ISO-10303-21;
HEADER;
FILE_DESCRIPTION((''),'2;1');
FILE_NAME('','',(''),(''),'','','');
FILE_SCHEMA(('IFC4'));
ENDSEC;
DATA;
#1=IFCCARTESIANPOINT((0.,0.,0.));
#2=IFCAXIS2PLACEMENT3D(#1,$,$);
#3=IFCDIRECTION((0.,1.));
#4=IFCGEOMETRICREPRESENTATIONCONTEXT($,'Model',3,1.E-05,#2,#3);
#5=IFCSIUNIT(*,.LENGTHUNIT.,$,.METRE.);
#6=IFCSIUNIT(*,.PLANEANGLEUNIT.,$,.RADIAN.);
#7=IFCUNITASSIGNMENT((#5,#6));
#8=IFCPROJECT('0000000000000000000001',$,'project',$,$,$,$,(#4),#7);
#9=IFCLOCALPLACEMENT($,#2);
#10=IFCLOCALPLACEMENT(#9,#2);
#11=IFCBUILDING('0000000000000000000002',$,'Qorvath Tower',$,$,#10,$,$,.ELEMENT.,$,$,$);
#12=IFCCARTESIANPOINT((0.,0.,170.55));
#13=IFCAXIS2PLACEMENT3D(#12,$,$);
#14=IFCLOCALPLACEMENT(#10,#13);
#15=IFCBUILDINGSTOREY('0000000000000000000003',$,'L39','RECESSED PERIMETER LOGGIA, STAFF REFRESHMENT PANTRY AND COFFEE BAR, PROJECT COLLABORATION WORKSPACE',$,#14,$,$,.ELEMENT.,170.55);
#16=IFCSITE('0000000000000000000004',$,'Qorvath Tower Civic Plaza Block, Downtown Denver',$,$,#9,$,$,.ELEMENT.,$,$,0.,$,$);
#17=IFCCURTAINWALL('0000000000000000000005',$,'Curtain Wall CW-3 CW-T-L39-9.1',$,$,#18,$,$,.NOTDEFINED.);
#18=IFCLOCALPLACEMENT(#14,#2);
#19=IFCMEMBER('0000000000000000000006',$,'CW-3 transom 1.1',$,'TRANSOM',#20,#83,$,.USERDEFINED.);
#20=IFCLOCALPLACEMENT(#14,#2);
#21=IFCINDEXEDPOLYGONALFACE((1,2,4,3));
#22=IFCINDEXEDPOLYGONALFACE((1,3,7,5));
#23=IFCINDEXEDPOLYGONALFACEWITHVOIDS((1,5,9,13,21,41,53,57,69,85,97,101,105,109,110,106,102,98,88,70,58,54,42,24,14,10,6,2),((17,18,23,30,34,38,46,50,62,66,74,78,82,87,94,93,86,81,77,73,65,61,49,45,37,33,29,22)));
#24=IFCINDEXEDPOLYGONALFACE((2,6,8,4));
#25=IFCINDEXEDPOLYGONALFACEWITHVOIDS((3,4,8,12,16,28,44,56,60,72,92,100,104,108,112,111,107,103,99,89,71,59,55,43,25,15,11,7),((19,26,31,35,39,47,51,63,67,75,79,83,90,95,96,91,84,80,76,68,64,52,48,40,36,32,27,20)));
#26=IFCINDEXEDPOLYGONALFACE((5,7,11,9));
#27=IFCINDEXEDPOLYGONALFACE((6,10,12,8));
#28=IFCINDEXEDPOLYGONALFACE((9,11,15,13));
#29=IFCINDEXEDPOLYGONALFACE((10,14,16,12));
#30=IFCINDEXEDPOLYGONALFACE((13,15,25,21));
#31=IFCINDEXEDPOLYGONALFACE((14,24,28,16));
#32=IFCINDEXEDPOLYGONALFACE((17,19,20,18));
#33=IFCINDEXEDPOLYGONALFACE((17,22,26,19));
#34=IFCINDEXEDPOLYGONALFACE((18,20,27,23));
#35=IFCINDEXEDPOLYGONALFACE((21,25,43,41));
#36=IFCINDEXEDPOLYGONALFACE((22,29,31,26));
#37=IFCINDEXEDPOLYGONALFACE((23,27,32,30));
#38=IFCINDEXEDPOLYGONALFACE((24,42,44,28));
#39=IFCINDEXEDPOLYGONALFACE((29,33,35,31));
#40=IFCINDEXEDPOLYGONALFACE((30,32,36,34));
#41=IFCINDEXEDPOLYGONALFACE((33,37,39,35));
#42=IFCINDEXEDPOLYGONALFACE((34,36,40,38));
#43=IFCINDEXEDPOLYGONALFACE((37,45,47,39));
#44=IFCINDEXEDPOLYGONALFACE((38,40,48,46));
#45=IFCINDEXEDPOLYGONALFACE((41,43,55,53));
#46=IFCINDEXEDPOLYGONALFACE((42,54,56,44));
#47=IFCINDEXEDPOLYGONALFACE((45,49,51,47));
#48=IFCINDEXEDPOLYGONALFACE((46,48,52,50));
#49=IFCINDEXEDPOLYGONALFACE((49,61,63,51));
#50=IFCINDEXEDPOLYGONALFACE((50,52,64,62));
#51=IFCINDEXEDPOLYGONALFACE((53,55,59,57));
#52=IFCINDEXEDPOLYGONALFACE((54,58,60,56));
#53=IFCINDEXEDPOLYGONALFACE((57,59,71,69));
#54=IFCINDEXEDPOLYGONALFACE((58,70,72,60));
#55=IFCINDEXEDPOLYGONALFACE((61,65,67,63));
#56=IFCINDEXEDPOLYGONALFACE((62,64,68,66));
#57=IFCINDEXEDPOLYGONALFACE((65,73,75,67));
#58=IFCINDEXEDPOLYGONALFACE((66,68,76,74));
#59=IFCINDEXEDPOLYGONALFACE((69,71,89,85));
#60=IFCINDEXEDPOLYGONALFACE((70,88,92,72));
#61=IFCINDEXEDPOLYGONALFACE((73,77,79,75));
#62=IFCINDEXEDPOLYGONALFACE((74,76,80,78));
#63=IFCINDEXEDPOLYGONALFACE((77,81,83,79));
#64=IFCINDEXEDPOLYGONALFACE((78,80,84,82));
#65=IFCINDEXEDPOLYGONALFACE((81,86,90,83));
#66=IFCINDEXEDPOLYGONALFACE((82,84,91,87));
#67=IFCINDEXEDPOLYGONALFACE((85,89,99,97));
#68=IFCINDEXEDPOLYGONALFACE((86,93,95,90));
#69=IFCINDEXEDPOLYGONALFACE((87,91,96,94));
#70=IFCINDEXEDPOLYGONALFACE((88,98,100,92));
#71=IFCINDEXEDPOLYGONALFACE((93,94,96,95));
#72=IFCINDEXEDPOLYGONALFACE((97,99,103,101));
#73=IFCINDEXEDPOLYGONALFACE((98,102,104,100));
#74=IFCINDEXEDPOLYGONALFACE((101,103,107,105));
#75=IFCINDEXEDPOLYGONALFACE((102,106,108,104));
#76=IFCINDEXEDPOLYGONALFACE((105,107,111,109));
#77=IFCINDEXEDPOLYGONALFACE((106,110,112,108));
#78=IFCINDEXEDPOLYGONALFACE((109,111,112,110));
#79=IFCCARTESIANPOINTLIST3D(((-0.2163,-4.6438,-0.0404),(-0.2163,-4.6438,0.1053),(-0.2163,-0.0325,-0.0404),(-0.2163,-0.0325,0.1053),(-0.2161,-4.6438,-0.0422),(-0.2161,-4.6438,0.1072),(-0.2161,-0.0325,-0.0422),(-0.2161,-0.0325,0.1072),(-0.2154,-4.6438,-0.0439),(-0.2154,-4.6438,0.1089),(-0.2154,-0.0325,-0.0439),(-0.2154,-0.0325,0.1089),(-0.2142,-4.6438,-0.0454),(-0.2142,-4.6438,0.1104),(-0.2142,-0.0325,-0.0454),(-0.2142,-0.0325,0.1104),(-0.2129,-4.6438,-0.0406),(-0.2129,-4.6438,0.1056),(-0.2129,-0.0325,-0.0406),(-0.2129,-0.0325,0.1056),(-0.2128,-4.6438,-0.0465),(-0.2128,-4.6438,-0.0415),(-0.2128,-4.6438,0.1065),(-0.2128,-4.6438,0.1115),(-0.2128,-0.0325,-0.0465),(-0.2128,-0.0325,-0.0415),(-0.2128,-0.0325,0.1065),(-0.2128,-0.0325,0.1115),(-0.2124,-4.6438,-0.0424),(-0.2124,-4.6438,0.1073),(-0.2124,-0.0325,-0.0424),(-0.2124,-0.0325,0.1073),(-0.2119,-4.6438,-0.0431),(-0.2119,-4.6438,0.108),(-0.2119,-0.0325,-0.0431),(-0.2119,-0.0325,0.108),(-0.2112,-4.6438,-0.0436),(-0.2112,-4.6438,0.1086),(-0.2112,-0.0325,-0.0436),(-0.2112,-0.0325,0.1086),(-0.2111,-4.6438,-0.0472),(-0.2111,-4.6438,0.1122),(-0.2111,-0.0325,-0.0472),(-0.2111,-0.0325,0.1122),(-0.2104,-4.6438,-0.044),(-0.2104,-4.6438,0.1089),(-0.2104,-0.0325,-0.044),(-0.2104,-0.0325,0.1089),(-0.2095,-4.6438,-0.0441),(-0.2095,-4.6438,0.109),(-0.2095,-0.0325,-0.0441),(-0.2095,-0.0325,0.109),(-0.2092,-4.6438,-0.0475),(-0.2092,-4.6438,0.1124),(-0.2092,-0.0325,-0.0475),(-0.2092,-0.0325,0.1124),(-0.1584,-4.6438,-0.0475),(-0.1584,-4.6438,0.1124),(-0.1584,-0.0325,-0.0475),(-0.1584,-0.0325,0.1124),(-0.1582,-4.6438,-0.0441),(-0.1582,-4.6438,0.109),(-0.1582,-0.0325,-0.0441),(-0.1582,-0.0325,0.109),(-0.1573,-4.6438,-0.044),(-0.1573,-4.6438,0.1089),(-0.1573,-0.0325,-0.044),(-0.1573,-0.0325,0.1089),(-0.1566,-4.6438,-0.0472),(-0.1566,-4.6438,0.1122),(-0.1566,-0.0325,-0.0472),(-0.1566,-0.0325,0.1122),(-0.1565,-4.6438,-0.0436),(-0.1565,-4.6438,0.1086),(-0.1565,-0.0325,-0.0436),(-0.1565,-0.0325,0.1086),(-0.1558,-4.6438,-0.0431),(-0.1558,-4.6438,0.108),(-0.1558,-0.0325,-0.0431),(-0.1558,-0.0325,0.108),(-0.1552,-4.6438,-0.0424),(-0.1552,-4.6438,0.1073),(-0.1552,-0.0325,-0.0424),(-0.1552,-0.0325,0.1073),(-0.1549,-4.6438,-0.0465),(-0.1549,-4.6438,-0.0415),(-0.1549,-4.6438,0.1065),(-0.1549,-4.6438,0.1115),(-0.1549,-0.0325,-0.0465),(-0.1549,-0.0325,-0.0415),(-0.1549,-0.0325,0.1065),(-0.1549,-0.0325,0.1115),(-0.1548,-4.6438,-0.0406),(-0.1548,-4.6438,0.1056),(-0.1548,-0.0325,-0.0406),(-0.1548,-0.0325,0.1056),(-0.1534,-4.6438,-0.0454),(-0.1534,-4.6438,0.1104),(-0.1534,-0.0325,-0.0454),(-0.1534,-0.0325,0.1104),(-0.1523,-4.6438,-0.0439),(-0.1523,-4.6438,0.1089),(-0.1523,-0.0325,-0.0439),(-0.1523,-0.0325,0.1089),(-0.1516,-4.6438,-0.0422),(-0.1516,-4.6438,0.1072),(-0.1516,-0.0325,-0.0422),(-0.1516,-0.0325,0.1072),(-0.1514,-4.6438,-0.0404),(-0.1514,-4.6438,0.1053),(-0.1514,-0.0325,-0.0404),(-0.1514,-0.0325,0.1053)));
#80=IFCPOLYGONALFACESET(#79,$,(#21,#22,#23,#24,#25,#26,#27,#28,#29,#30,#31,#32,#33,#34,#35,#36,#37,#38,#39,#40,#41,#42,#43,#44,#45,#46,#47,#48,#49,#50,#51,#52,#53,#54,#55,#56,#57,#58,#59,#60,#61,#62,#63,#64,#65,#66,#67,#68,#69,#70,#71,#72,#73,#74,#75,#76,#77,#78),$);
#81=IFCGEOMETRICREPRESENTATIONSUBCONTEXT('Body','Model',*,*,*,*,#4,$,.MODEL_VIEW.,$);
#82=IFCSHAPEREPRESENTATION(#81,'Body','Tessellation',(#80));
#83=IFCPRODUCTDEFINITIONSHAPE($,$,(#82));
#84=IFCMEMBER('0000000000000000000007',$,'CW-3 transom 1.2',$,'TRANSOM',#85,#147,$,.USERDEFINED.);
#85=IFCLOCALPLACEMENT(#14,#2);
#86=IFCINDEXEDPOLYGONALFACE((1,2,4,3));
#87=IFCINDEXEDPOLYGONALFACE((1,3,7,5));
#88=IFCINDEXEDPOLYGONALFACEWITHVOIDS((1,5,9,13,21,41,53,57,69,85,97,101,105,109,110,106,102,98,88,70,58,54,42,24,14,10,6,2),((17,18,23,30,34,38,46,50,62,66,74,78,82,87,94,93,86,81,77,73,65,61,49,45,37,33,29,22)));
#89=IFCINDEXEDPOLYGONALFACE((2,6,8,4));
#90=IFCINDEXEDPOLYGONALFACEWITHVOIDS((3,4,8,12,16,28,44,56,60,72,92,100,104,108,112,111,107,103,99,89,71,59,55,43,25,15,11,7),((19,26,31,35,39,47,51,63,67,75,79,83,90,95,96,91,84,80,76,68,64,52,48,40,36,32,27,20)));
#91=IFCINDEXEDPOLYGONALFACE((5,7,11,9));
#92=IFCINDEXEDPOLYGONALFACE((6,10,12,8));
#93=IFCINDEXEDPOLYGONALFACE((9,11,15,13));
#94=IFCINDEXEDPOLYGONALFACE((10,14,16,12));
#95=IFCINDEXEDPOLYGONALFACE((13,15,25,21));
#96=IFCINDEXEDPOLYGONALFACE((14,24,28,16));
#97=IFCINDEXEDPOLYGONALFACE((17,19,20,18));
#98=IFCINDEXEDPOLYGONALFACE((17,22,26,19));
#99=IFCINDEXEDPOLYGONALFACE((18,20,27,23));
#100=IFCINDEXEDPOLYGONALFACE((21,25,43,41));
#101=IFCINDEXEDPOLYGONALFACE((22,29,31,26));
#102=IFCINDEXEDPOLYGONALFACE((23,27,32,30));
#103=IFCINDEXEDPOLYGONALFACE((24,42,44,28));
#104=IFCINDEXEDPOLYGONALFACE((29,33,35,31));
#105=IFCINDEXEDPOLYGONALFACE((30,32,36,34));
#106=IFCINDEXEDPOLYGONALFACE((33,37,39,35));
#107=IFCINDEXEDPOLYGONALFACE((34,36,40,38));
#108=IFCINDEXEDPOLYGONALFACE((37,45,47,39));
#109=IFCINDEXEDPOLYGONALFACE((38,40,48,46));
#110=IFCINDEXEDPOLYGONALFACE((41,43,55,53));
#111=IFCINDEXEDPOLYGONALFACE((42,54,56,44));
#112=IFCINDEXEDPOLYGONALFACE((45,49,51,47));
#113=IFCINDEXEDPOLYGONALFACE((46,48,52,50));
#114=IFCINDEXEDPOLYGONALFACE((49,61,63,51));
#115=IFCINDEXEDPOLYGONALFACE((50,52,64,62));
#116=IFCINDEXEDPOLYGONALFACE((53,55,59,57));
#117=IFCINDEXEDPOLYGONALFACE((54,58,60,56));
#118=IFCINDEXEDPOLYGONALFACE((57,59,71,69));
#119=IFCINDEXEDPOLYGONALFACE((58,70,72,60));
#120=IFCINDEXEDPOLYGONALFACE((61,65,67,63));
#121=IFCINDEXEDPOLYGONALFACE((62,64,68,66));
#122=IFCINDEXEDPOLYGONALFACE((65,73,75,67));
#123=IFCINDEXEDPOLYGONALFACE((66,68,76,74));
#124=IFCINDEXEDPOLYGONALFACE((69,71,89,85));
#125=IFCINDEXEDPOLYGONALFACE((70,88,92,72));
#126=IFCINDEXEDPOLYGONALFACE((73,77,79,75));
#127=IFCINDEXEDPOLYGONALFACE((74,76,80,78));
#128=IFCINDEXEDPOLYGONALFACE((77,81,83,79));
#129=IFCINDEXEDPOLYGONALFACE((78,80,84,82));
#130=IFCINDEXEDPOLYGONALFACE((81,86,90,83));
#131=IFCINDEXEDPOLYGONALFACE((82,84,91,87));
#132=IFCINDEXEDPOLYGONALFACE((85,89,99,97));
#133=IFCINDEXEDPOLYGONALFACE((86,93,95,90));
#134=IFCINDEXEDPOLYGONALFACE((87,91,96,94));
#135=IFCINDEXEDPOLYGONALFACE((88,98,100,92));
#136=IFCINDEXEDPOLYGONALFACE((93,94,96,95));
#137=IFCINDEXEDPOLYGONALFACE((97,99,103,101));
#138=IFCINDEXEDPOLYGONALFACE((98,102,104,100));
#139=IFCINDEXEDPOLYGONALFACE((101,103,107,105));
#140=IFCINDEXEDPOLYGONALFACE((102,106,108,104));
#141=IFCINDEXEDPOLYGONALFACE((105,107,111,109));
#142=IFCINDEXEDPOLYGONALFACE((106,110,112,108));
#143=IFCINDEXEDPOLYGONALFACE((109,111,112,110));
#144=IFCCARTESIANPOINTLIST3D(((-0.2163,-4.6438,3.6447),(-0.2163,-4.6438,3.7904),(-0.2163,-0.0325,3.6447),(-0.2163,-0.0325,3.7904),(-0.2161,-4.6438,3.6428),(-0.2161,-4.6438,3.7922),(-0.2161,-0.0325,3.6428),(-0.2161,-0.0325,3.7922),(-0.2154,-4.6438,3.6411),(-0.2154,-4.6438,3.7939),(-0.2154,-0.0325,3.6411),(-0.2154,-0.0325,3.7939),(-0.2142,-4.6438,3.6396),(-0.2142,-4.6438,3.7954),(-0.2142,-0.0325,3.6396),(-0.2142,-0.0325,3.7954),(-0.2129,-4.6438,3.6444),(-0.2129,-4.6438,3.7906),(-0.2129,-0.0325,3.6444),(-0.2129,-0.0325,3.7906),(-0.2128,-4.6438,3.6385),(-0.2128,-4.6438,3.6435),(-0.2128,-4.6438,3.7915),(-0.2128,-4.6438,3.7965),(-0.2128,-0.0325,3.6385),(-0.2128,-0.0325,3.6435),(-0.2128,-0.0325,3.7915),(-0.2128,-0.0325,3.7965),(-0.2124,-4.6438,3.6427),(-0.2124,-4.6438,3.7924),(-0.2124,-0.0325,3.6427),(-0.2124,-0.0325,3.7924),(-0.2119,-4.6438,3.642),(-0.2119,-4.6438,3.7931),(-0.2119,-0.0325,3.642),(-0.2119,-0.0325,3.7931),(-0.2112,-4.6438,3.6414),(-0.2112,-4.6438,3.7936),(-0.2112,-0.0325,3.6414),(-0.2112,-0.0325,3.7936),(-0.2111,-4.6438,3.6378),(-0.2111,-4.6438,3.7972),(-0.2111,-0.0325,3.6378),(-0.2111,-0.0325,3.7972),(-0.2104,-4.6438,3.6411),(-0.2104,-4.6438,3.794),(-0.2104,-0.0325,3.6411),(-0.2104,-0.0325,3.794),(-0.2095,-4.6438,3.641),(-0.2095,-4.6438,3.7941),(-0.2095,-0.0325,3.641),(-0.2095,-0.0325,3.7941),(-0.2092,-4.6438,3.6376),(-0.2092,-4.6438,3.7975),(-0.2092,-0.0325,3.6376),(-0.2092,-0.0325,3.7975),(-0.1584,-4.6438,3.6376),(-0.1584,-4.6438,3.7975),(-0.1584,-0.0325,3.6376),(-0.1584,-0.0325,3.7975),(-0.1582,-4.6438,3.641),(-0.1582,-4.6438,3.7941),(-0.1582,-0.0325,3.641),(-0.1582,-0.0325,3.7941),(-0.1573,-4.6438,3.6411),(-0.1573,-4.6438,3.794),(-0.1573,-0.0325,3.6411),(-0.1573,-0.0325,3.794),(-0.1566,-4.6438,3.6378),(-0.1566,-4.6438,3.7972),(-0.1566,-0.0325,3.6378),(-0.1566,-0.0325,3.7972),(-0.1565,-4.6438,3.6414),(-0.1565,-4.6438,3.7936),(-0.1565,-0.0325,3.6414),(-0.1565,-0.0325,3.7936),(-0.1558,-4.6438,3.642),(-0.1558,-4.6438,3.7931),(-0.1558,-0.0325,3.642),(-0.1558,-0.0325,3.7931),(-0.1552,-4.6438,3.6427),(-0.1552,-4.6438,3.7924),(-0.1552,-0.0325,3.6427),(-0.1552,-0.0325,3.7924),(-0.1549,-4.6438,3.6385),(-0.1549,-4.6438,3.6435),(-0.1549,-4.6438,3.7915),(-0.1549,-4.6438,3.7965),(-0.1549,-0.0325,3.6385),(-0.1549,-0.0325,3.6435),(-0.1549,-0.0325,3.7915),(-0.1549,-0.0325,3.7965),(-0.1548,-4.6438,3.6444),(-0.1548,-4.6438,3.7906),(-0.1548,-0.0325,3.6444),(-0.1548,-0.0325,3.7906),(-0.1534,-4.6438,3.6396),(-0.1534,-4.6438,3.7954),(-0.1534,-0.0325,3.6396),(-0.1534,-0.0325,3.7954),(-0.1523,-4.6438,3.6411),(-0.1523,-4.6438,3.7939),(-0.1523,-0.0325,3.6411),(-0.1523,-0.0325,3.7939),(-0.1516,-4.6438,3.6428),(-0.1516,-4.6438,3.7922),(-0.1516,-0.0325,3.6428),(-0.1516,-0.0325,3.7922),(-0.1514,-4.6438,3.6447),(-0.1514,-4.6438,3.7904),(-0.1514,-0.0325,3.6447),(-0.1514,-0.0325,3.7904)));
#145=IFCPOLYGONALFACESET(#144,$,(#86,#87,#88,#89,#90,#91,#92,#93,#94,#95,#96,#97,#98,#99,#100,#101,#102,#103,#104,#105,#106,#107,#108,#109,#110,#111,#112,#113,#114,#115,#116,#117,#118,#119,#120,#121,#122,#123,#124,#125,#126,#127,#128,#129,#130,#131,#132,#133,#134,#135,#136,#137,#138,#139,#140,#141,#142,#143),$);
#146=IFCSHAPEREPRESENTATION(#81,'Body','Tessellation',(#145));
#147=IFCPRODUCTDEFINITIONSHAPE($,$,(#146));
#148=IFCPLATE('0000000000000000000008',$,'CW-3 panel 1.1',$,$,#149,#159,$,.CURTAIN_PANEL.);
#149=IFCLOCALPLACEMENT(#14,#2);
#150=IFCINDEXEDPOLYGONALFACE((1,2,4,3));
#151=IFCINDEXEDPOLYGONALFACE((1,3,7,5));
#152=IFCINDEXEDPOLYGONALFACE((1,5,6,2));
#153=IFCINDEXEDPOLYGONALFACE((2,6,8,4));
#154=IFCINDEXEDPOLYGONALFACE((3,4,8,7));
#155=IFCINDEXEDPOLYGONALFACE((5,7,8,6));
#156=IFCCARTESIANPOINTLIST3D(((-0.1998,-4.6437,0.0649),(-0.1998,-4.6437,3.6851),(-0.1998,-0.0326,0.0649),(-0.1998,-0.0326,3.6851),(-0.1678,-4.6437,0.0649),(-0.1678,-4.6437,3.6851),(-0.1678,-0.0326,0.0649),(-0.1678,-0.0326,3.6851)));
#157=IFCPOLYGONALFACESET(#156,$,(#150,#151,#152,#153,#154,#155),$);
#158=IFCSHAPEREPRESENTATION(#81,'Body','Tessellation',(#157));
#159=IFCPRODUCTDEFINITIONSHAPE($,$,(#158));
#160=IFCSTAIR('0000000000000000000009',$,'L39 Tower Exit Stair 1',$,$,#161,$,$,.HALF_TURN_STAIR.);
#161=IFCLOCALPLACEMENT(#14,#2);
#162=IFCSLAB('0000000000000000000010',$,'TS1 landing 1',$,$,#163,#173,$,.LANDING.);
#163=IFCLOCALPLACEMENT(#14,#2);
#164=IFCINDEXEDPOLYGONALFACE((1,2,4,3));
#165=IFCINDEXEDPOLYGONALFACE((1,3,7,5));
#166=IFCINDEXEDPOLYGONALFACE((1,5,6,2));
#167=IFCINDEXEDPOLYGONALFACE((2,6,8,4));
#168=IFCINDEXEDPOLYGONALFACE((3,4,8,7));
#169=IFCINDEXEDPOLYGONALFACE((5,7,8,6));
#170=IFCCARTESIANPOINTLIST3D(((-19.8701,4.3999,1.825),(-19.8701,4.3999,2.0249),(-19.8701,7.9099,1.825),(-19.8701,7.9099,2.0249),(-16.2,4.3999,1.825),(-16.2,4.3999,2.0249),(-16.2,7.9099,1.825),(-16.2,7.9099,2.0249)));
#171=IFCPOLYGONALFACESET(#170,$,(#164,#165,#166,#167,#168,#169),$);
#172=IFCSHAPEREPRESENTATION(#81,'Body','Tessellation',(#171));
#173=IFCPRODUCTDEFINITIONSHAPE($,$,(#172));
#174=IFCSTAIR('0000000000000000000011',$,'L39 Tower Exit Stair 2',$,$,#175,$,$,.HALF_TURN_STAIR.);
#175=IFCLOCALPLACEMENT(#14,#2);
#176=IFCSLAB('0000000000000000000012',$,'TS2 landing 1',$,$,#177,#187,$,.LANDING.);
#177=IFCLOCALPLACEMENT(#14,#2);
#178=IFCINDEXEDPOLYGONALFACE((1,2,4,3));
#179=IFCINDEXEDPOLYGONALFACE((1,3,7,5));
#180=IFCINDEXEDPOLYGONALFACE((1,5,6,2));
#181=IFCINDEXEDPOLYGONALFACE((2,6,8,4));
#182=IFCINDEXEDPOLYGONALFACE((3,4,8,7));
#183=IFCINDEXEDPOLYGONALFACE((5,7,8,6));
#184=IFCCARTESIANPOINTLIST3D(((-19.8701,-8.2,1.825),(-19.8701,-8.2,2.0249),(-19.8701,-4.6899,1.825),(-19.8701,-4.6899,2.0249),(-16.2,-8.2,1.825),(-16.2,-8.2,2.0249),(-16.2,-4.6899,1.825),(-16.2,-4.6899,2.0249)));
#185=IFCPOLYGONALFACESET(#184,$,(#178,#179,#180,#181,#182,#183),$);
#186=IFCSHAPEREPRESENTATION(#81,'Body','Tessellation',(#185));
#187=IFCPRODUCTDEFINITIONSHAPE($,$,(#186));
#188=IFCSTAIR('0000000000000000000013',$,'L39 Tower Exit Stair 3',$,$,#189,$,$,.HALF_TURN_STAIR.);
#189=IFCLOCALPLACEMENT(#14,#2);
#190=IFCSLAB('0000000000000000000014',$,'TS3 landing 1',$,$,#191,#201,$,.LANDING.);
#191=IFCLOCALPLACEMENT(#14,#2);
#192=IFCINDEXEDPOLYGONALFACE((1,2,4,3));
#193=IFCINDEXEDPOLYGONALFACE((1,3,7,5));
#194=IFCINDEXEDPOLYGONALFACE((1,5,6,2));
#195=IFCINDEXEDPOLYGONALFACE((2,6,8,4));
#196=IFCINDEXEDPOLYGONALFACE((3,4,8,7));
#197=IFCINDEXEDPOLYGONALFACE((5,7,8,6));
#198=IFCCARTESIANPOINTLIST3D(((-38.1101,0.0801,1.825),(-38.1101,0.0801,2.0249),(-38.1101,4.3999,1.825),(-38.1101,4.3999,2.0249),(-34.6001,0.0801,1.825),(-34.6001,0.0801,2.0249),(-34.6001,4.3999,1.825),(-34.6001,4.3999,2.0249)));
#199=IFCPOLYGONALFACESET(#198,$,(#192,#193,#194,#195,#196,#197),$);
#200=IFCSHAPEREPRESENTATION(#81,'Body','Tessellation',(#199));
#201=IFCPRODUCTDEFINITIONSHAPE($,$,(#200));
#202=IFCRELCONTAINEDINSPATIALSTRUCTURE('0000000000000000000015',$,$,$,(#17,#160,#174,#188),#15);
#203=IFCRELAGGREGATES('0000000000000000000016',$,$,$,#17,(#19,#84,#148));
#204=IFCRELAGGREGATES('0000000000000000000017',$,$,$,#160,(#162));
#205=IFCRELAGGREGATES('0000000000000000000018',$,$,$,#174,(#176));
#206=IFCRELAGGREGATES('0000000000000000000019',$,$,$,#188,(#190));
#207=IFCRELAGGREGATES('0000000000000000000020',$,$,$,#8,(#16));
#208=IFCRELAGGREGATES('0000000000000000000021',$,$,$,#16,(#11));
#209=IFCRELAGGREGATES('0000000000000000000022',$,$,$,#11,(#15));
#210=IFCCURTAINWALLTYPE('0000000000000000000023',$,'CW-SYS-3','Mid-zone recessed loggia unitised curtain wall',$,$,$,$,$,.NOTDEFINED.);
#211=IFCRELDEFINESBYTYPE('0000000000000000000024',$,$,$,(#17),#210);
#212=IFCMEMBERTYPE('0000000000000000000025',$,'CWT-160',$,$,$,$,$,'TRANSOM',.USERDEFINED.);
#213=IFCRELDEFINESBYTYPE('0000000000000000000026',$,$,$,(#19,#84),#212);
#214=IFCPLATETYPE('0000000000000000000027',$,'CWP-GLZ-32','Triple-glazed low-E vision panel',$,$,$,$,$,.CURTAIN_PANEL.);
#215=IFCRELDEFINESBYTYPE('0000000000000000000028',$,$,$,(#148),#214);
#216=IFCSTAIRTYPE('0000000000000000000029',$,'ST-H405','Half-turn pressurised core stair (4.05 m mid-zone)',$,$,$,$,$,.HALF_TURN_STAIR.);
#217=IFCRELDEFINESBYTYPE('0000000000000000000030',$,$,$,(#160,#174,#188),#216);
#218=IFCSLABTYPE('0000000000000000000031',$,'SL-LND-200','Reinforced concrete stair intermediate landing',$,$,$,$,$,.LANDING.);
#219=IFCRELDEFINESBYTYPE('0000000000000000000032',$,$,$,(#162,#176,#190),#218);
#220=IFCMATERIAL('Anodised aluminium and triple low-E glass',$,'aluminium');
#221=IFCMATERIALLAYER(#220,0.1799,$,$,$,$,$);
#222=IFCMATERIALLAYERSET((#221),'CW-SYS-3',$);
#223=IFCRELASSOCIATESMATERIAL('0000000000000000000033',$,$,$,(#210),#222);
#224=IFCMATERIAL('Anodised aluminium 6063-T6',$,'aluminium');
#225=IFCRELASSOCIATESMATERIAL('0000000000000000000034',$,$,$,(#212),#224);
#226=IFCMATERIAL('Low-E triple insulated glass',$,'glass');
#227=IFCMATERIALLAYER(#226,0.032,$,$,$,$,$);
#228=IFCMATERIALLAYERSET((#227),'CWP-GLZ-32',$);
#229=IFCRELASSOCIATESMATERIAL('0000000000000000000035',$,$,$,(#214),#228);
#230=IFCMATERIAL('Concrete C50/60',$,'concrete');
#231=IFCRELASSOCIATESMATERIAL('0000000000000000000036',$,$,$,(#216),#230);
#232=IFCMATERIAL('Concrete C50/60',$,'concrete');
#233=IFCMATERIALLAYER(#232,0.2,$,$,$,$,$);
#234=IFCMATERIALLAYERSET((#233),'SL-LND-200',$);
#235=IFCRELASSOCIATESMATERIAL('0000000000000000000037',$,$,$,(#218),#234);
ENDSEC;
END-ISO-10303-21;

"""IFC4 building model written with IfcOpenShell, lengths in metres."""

from ifc_helpers import new_model, si_unit, direction, frame, origin, origin_2d, place, context, subcontext, project, spatial, polyline, rectangle, hollow_rectangle, outline, extrude, material, layer, layer_set, material_profile, profile_set, type_object, element, aggregate, save


model = new_model("IFC4")

# Units and contexts
model_context = context("Model", 3, precision=1e-05, world=origin(), true_north=direction((0.0, 1.0)))
body_context = subcontext(model_context, "Body", "Model", "MODEL_VIEW")
ifc_project = project(units=[si_unit("LENGTHUNIT", "METRE"), si_unit("PLANEANGLEUNIT", "RADIAN")], contexts=[model_context])

# Site, building, storey
site_placement = place(None, origin())
site = spatial("IfcSite", under=ifc_project, at=site_placement, Name="Qorvath Tower Civic Plaza Block, Downtown Denver", CompositionType="ELEMENT", RefElevation=0.0)
building_placement = place(site_placement, origin())
building = spatial("IfcBuilding", under=site, at=building_placement, Name="Qorvath Tower", CompositionType="ELEMENT")
storey_placement = place(building_placement, frame((0.0, 0.0, 170.55)))
storey = spatial("IfcBuildingStorey", under=building, at=storey_placement, Name="L39", Description="RECESSED PERIMETER LOGGIA, STAFF REFRESHMENT PANTRY AND COFFEE BAR, PROJECT COLLABORATION WORKSPACE", CompositionType="ELEMENT", Elevation=170.55)

# Curtain wall, members, plate
ifc_material_1 = material(Name="Anodised aluminium and triple low-E glass", Category="aluminium")
ifc_layer_1 = layer(ifc_material_1, 0.1799)
ifc_layer_set_1 = layer_set([ifc_layer_1], Name="CW-SYS-3")
curtain_wall_type = type_object("IfcCurtainWallType", Name="CW-SYS-3", Description="Mid-zone recessed loggia unitised curtain wall", PredefinedType="NOTDEFINED", material=ifc_layer_set_1)
curtain_wall_placement = place(storey_placement, origin())
curtain_wall = element("IfcCurtainWall", 1, at=curtain_wall_placement, inside=storey, type_object=curtain_wall_type, Name="Curtain Wall CW-3 CW-T-L39-9.1", PredefinedType="NOTDEFINED")
ifc_material_2 = material(Name="Anodised aluminium 6063-T6", Category="aluminium")
ifc_material_profile_1 = material_profile(ifc_material_2, hollow_rectangle(XDim=0.0649, YDim=0.1599, WallThickness=0.0034, InnerFilletRadius=0.0034, OuterFilletRadius=0.0071, at=origin_2d()), Name="CWT 160x65")
ifc_profile_set_1 = profile_set([ifc_material_profile_1], Name="Anodised aluminium 6063-T6")
member_type_1 = type_object("IfcMemberType", Name="CWT-160", ElementType="TRANSOM", PredefinedType="USERDEFINED", material=ifc_profile_set_1)
member_1_placement = place(storey_placement, frame((-0.1838, -4.6438, 0.0325), z_axis=(0.0, 1.0, 0.0), x_axis=(-1.0, 0.0, 0.0)))
member_1 = element("IfcMember", 2, at=member_1_placement, type_object=member_type_1, Name="CW-3 transom 1.1", ObjectType="TRANSOM", PredefinedType="USERDEFINED", context=body_context, shape_type="SweptSolid", body=[
    extrude(hollow_rectangle(XDim=0.0649, YDim=0.1599, WallThickness=0.0034, InnerFilletRadius=0.0034, OuterFilletRadius=0.0071, at=origin_2d()), origin(), (0.0, 0.0, 1.0), 4.6113),
])
member_2_placement = place(storey_placement, frame((-0.1838, -4.6438, 3.7175), z_axis=(0.0, 1.0, 0.0), x_axis=(-1.0, 0.0, 0.0)))
member_2 = element("IfcMember", 3, at=member_2_placement, type_object=member_type_1, Name="CW-3 transom 1.2", ObjectType="TRANSOM", PredefinedType="USERDEFINED", context=body_context, shape_type="SweptSolid", body=[
    extrude(hollow_rectangle(XDim=0.0649, YDim=0.1599, WallThickness=0.0034, InnerFilletRadius=0.0034, OuterFilletRadius=0.0071, at=origin_2d()), origin(), (0.0, 0.0, 1.0), 4.6113),
])
ifc_material_3 = material(Name="Low-E triple insulated glass", Category="glass")
ifc_layer_2 = layer(ifc_material_3, 0.032)
ifc_layer_set_2 = layer_set([ifc_layer_2], Name="CWP-GLZ-32")
plate_type = type_object("IfcPlateType", Name="CWP-GLZ-32", Description="Triple-glazed low-E vision panel", PredefinedType="CURTAIN_PANEL", material=ifc_layer_set_2)
plate_placement = place(storey_placement, frame((-0.1838, -2.3381, 0.0649), z_axis=(0.0, 0.0, 1.0), x_axis=(0.0, 1.0, 0.0)))
plate = element("IfcPlate", 4, at=plate_placement, type_object=plate_type, Name="CW-3 panel 1.1", PredefinedType="CURTAIN_PANEL", context=body_context, shape_type="SweptSolid", body=[
    extrude(rectangle(XDim=4.6111, YDim=0.032, at=origin_2d()), origin(), (0.0, 0.0, 1.0), 3.6201),
])
aggregate(curtain_wall, [member_1, member_2, plate])

# Stairs, slabs
ifc_material_4 = material(Name="Concrete C50/60", Category="concrete")
stair_type = type_object("IfcStairType", Name="ST-H405", Description="Half-turn pressurised core stair (4.05 m mid-zone)", PredefinedType="HALF_TURN_STAIR", material=ifc_material_4)
stair_1_placement = place(storey_placement, origin())
stair_1 = element("IfcStair", 5, at=stair_1_placement, inside=storey, type_object=stair_type, Name="L39 Tower Exit Stair 1", PredefinedType="HALF_TURN_STAIR")
ifc_material_5 = material(Name="Concrete C50/60", Category="concrete")
ifc_layer_3 = layer(ifc_material_5, 0.2)
ifc_layer_set_3 = layer_set([ifc_layer_3], Name="SL-LND-200")
slab_type_1 = type_object("IfcSlabType", Name="SL-LND-200", Description="Reinforced concrete stair intermediate landing", PredefinedType="LANDING", material=ifc_layer_set_3)
slab_1_placement = place(storey_placement, frame((0.0, 0.0, 1.825)))
slab_1 = element("IfcSlab", 6, at=slab_1_placement, type_object=slab_type_1, Name="TS1 landing 1", PredefinedType="LANDING", context=body_context, shape_type="SweptSolid", body=[
    extrude(outline(polyline([(-19.8701, 4.3999), (-16.2, 4.3999), (-16.2, 7.9099), (-19.8701, 7.9099), (-19.8701, 4.3999)])), origin(), (0.0, 0.0, 1.0), 0.2),
])
aggregate(stair_1, [slab_1])
stair_2_placement = place(storey_placement, origin())
stair_2 = element("IfcStair", 7, at=stair_2_placement, inside=storey, type_object=stair_type, Name="L39 Tower Exit Stair 2", PredefinedType="HALF_TURN_STAIR")
slab_2_placement = place(storey_placement, frame((0.0, 0.0, 1.825)))
slab_2 = element("IfcSlab", 8, at=slab_2_placement, type_object=slab_type_1, Name="TS2 landing 1", PredefinedType="LANDING", context=body_context, shape_type="SweptSolid", body=[
    extrude(outline(polyline([(-19.8701, -8.2), (-16.2, -8.2), (-16.2, -4.6899), (-19.8701, -4.6899), (-19.8701, -8.2)])), origin(), (0.0, 0.0, 1.0), 0.2),
])
aggregate(stair_2, [slab_2])
stair_3_placement = place(storey_placement, origin())
stair_3 = element("IfcStair", 9, at=stair_3_placement, inside=storey, type_object=stair_type, Name="L39 Tower Exit Stair 3", PredefinedType="HALF_TURN_STAIR")
slab_3_placement = place(storey_placement, frame((0.0, 0.0, 1.825)))
slab_3 = element("IfcSlab", 10, at=slab_3_placement, type_object=slab_type_1, Name="TS3 landing 1", PredefinedType="LANDING", context=body_context, shape_type="SweptSolid", body=[
    extrude(outline(polyline([(-34.6001, 0.0801), (-34.6001, 4.3999), (-38.1101, 4.3999), (-38.1101, 0.0801), (-34.6001, 0.0801)])), origin(), (0.0, 0.0, 1.0), 0.2),
])
aggregate(stair_3, [slab_3])

save(model, "model.ifc")
